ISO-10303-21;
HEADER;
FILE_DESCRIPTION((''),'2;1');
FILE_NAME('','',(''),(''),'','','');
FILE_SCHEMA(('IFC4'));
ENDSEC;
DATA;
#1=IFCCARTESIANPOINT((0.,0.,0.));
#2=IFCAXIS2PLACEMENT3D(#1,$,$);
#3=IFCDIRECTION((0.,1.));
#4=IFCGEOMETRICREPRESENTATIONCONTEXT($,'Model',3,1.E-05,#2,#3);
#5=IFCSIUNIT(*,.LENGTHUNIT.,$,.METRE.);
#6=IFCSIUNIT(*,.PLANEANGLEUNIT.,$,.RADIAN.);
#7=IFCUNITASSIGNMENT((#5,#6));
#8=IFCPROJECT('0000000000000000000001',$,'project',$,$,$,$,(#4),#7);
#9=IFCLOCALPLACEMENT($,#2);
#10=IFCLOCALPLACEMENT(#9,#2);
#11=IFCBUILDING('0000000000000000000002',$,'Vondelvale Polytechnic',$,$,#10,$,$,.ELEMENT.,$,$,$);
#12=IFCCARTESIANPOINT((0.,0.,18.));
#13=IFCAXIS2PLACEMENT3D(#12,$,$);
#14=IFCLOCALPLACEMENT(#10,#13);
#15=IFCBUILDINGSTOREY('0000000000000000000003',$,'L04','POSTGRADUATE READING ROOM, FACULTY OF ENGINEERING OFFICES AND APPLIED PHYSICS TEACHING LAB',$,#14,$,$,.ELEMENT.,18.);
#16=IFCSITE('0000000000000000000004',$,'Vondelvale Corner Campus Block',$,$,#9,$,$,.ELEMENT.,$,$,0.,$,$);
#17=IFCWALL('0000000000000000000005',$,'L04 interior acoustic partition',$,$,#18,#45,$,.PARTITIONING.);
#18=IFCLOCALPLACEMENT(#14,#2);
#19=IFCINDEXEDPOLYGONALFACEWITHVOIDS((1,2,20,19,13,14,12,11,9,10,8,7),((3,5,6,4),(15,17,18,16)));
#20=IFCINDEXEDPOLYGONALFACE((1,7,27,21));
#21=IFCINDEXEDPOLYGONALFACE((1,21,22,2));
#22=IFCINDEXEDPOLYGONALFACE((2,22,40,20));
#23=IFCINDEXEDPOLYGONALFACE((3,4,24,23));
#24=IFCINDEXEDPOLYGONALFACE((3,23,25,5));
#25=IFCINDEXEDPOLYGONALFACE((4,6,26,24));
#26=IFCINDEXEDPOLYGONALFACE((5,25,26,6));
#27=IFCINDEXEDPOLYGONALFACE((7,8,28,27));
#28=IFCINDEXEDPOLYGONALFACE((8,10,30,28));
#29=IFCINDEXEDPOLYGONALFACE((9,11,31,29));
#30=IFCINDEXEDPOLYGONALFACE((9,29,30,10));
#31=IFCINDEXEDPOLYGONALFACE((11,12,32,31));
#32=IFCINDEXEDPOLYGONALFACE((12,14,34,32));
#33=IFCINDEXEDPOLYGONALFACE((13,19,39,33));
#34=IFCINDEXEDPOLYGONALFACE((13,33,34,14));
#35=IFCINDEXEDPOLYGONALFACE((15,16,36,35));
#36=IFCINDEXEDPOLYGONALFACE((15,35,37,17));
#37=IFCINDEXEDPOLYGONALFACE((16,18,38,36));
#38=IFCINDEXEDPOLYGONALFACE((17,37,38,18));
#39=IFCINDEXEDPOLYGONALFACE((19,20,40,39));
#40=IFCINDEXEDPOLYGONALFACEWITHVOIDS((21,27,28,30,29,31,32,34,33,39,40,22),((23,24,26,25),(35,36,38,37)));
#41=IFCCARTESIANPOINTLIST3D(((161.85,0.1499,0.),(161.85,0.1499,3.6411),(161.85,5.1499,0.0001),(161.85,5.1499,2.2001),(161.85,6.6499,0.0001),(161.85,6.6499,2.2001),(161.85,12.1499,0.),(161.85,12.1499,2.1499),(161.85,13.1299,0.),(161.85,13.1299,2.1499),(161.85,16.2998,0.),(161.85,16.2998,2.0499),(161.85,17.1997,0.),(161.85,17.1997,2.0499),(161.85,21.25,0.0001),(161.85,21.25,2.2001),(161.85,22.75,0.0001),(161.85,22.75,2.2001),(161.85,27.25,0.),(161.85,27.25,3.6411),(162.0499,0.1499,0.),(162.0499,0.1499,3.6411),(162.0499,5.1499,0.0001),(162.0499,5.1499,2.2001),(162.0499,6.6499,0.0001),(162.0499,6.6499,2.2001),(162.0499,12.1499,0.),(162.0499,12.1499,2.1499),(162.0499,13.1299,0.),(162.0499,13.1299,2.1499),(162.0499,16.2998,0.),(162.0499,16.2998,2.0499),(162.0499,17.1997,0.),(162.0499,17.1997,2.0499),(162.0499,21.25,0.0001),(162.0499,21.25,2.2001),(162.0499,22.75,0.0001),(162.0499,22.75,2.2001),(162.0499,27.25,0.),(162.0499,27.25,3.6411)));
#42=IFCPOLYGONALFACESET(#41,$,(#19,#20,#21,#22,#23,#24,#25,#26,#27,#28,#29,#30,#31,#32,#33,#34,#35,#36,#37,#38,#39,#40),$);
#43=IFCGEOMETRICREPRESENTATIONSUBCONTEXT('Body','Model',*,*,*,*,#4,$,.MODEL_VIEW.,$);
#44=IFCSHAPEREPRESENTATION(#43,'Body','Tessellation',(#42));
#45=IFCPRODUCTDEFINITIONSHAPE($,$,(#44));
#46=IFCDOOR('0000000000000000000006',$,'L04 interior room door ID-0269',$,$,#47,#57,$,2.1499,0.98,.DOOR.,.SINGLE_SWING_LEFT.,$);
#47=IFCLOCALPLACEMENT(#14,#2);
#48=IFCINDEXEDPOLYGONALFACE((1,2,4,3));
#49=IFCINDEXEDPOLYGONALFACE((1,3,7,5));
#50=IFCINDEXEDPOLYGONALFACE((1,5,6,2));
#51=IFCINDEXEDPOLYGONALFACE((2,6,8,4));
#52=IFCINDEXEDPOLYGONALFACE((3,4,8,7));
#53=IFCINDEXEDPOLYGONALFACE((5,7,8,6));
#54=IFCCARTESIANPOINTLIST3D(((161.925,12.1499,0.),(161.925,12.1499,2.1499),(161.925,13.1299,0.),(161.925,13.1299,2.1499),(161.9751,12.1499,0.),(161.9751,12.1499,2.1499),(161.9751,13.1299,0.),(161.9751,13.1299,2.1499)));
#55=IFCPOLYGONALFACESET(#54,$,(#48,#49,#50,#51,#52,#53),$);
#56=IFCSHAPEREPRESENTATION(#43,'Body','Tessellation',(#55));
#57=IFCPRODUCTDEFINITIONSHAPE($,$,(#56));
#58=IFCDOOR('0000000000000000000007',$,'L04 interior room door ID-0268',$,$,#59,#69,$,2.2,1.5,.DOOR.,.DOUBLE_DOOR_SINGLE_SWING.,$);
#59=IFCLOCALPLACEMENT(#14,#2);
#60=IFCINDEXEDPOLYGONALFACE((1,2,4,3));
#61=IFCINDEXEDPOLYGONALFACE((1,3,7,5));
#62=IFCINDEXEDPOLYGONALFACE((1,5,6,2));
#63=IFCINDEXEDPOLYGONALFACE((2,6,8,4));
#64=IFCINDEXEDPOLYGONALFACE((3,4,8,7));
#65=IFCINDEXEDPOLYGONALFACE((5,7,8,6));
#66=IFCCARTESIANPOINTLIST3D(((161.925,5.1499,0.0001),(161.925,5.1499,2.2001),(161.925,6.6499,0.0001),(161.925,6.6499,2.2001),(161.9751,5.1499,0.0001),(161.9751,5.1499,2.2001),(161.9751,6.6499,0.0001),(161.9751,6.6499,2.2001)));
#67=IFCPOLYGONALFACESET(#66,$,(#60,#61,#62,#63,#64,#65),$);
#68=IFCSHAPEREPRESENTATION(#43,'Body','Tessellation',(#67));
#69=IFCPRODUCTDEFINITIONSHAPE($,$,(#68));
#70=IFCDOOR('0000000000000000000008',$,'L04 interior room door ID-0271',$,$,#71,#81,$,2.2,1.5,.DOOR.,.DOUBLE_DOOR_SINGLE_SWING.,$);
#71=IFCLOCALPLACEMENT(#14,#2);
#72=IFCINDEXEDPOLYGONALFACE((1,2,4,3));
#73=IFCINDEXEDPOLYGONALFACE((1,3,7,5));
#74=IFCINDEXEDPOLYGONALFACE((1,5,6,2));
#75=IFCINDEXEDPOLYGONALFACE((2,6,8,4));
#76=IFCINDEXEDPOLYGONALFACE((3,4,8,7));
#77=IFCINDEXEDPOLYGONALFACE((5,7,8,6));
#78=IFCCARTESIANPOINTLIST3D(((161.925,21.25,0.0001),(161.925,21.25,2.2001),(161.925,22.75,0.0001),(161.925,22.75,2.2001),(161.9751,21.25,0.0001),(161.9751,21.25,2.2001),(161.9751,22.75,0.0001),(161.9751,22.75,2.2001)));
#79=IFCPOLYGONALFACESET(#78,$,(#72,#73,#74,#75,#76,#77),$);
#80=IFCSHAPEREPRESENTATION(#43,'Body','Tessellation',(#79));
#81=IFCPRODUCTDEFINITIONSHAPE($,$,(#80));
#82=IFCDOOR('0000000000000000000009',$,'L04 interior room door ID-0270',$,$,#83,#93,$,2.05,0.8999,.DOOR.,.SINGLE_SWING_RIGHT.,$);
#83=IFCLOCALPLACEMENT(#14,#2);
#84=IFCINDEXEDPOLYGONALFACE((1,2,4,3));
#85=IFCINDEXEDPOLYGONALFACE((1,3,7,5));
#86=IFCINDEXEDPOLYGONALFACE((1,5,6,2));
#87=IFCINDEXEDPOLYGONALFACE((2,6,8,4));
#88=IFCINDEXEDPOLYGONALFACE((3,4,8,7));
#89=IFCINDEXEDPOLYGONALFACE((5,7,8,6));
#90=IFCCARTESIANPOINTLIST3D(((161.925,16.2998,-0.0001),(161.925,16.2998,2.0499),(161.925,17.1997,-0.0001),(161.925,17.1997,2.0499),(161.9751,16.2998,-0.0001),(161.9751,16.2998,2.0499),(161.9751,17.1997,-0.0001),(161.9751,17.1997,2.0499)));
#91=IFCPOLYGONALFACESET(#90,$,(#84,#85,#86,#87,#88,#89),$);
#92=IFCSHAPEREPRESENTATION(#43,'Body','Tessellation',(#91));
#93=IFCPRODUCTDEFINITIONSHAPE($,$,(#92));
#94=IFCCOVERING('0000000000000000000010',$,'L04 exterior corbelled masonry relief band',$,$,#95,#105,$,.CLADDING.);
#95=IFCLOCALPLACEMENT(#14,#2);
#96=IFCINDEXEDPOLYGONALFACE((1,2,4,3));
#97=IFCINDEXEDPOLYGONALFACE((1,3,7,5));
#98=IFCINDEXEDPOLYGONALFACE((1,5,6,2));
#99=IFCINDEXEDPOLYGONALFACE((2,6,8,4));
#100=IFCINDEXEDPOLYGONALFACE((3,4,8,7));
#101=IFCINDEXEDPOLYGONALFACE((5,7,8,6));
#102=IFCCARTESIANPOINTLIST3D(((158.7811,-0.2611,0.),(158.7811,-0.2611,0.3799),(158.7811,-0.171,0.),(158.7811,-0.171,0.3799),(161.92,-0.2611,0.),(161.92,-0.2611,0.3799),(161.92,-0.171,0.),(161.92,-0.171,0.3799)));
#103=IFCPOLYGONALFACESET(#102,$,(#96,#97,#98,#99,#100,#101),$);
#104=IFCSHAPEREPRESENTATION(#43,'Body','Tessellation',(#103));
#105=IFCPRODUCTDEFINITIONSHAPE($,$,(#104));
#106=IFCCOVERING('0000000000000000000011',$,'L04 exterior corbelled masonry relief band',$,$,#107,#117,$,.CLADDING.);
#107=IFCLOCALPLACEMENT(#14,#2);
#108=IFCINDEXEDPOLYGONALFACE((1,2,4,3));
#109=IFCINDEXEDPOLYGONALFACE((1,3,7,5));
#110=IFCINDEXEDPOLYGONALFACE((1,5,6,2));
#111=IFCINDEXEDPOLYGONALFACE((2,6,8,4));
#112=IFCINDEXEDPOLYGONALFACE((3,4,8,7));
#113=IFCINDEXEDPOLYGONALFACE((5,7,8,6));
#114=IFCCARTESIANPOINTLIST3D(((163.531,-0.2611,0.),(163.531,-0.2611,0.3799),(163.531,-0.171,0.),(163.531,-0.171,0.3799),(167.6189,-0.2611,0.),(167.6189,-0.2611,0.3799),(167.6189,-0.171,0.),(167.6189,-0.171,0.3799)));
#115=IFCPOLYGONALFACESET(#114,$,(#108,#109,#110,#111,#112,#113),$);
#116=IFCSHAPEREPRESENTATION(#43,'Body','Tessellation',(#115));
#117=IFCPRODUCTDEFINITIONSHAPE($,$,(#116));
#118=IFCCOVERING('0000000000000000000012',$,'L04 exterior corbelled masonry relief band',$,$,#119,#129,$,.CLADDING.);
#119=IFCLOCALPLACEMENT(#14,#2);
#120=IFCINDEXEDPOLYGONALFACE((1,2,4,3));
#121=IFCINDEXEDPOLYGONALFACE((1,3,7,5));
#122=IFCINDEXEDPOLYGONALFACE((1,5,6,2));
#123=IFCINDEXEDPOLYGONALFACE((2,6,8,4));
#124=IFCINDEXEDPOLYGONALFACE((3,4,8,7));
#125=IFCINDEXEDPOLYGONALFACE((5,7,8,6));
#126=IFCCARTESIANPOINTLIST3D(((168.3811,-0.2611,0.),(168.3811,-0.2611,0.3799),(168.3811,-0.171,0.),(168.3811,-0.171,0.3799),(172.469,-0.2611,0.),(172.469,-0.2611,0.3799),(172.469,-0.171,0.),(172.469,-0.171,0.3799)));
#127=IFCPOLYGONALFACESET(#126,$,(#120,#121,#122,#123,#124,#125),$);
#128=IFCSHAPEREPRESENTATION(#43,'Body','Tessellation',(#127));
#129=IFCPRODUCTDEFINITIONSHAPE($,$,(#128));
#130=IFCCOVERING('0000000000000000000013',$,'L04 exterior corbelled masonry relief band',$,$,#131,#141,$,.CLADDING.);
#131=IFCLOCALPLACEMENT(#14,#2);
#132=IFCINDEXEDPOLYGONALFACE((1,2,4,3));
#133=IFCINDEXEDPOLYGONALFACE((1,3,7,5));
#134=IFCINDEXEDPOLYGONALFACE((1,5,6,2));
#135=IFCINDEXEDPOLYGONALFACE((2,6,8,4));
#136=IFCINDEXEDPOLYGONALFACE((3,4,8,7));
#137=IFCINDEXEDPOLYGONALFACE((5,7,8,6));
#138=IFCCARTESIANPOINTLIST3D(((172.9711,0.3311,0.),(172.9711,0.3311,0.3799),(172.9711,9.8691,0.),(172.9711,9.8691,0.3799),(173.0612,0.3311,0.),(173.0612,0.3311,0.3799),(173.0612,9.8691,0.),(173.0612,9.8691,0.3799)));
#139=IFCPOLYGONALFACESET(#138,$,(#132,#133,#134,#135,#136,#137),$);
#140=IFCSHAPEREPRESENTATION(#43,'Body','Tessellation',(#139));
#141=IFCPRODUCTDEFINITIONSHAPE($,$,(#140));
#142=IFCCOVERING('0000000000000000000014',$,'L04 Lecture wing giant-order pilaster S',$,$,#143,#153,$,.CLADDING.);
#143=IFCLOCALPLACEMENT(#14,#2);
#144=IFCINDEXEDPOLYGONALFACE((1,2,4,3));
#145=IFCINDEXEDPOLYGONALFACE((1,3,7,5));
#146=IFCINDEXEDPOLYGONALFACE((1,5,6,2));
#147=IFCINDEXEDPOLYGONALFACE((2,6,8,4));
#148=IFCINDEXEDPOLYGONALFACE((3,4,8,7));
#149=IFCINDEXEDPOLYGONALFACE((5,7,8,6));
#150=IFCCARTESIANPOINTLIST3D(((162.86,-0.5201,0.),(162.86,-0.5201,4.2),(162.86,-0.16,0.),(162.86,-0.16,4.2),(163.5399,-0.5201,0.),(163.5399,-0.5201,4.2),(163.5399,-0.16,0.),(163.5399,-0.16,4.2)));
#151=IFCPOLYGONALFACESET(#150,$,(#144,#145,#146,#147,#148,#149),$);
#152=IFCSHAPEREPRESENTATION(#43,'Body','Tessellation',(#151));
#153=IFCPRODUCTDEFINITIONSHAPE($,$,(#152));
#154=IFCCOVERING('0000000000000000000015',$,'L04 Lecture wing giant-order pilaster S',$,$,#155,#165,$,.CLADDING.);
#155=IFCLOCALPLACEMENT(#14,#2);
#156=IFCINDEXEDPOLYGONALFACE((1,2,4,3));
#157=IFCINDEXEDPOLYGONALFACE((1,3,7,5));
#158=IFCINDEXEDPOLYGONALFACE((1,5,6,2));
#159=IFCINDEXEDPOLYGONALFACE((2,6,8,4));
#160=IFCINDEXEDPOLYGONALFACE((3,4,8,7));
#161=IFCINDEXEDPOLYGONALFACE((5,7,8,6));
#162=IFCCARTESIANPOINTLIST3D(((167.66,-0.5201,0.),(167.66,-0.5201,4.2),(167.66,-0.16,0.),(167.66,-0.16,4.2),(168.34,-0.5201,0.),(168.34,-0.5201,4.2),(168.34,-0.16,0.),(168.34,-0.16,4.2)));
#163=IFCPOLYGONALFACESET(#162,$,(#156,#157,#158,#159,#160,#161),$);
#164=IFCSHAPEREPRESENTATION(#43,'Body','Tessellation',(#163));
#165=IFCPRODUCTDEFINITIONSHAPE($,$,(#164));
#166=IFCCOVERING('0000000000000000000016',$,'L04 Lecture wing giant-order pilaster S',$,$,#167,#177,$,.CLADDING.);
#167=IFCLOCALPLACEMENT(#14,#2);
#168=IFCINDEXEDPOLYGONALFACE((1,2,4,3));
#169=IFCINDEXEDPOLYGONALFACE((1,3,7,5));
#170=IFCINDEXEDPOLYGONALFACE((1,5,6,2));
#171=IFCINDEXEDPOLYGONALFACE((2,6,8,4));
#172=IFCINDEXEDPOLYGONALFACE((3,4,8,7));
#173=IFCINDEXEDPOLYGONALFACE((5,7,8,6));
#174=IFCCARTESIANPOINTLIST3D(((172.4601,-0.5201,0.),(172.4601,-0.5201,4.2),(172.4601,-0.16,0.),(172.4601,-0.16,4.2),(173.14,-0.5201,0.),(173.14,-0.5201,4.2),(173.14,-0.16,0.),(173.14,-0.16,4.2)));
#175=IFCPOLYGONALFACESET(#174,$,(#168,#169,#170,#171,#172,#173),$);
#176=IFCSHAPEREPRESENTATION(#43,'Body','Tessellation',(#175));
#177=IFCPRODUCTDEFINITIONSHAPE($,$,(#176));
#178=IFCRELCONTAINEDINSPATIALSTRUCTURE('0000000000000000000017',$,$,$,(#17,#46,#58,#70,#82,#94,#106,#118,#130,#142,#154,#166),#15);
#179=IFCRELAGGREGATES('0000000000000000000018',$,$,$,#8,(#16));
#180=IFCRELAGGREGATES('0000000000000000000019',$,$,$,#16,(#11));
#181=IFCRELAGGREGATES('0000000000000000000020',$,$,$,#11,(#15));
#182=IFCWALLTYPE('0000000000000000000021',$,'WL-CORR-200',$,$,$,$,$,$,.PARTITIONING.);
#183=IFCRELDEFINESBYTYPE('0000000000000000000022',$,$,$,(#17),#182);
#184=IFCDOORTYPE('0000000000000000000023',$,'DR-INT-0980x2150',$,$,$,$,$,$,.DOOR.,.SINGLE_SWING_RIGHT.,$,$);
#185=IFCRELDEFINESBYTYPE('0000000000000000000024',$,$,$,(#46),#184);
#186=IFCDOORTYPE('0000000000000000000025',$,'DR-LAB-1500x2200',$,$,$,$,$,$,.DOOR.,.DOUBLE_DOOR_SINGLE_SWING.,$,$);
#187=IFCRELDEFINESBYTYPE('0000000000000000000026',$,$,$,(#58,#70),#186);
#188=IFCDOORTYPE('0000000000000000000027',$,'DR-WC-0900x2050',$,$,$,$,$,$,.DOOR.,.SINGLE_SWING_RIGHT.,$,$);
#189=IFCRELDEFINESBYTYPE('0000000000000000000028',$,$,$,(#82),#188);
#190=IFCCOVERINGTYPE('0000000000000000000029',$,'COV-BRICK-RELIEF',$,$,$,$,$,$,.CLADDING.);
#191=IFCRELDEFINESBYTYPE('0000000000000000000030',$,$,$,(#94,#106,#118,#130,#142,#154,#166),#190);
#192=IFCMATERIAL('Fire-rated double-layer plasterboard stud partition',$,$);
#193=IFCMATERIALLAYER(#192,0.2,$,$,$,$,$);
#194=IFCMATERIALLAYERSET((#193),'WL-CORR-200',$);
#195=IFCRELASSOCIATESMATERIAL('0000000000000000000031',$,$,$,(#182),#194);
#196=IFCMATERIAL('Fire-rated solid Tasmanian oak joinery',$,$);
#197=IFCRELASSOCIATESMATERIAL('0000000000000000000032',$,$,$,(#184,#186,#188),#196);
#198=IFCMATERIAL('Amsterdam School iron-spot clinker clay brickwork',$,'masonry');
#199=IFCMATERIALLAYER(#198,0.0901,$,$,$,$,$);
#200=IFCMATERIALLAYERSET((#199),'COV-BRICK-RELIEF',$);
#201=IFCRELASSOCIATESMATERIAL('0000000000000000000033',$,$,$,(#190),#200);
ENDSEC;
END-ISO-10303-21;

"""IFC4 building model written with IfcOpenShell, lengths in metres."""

from ifc_helpers import new_model, si_unit, direction, frame, frame_2d, origin, origin_2d, place, context, subcontext, project, spatial, rectangle, extrude, material, layer, layer_set, type_object, element, fill, save


model = new_model("IFC4")

# Units and contexts
model_context = context("Model", 3, precision=1e-05, world=origin(), true_north=direction((0.0, 1.0)))
body_context = subcontext(model_context, "Body", "Model", "MODEL_VIEW")
ifc_project = project(units=[si_unit("LENGTHUNIT", "METRE"), si_unit("PLANEANGLEUNIT", "RADIAN")], contexts=[model_context])

# Site, building, storey
site_placement = place(None, origin())
site = spatial("IfcSite", under=ifc_project, at=site_placement, Name="Vondelvale Corner Campus Block", CompositionType="ELEMENT", RefElevation=0.0)
building_placement = place(site_placement, origin())
building = spatial("IfcBuilding", under=site, at=building_placement, Name="Vondelvale Polytechnic", CompositionType="ELEMENT")
storey_placement = place(building_placement, frame((0.0, 0.0, 18.0)))
storey = spatial("IfcBuildingStorey", under=building, at=storey_placement, Name="L04", Description="POSTGRADUATE READING ROOM, FACULTY OF ENGINEERING OFFICES AND APPLIED PHYSICS TEACHING LAB", CompositionType="ELEMENT", Elevation=18.0)

# Shared definitions
ifc_material_1 = material(Name="Amsterdam School iron-spot clinker clay brickwork", Category="masonry")

# Wall, openings, doors
ifc_material_2 = material(Name="Fire-rated double-layer plasterboard stud partition")
ifc_layer_1 = layer(ifc_material_2, 0.2)
ifc_layer_set_1 = layer_set([ifc_layer_1], Name="WL-CORR-200")
wall_type_1 = type_object("IfcWallType", Name="WL-CORR-200", PredefinedType="PARTITIONING", material=ifc_layer_set_1)
wall_1_placement = place(storey_placement, frame((161.95, 0.1499, 0.0), z_axis=(0.0, 0.0, 1.0), x_axis=(0.0, 1.0, 0.0)))
wall_1 = element("IfcWall", 1, at=wall_1_placement, inside=storey, type_object=wall_type_1, Name="L04 interior acoustic partition", PredefinedType="PARTITIONING", context=body_context, shape_type="SweptSolid", body=[
    extrude(rectangle(XDim=27.1001, YDim=0.2, at=frame_2d((13.55, 0.0))), origin(), (0.0, 0.0, 1.0), 3.6411),
])
opening_1_placement = place(wall_1_placement, frame((5.0, 0.0, 0.0)))
opening_1 = element("IfcOpeningElement", 2, at=opening_1_placement, cuts=wall_1, PredefinedType="OPENING", context=body_context, shape_type="SweptSolid", body=[
    extrude(rectangle(XDim=1.5, YDim=2.2, at=frame_2d((0.75, 1.1001))), frame((0.0, 0.1099, 0.0), z_axis=(0.0, -1.0, 0.0), x_axis=(1.0, 0.0, 0.0)), (0.0, 0.0, 1.0), 0.22),
])
opening_2_placement = place(wall_1_placement, frame((12.0, 0.0, 0.0)))
opening_2 = element("IfcOpeningElement", 3, at=opening_2_placement, cuts=wall_1, PredefinedType="OPENING", context=body_context, shape_type="SweptSolid", body=[
    extrude(rectangle(XDim=0.98, YDim=2.1499, at=frame_2d((0.49, 1.075))), frame((0.0, 0.1099, 0.0), z_axis=(0.0, -1.0, 0.0), x_axis=(1.0, 0.0, 0.0)), (0.0, 0.0, 1.0), 0.22),
])
opening_3_placement = place(wall_1_placement, frame((16.1499, 0.0, 0.0)))
opening_3 = element("IfcOpeningElement", 4, at=opening_3_placement, cuts=wall_1, PredefinedType="OPENING", context=body_context, shape_type="SweptSolid", body=[
    extrude(rectangle(XDim=0.8999, YDim=2.05, at=frame_2d((0.45, 1.0249))), frame((0.0, 0.1099, 0.0), z_axis=(0.0, -1.0, 0.0), x_axis=(1.0, 0.0, 0.0)), (0.0, 0.0, 1.0), 0.22),
])
opening_4_placement = place(wall_1_placement, frame((21.1001, 0.0, 0.0)))
opening_4 = element("IfcOpeningElement", 5, at=opening_4_placement, cuts=wall_1, PredefinedType="OPENING", context=body_context, shape_type="SweptSolid", body=[
    extrude(rectangle(XDim=1.5, YDim=2.2, at=frame_2d((0.75, 1.1001))), frame((0.0, 0.1099, 0.0), z_axis=(0.0, -1.0, 0.0), x_axis=(1.0, 0.0, 0.0)), (0.0, 0.0, 1.0), 0.22),
])
ifc_material_3 = material(Name="Fire-rated solid Tasmanian oak joinery")
door_type_1 = type_object("IfcDoorType", Name="DR-INT-0980x2150", OperationType="SINGLE_SWING_RIGHT", PredefinedType="DOOR", material=ifc_material_3)
door_1_placement = place(opening_2_placement, origin())
door_1 = element("IfcDoor", 6, at=door_1_placement, inside=storey, type_object=door_type_1, Name="L04 interior room door ID-0269", OperationType="SINGLE_SWING_LEFT", OverallHeight=2.1499, OverallWidth=0.98, PredefinedType="DOOR", context=body_context, shape_type="SweptSolid", body=[
    extrude(rectangle(XDim=0.98, YDim=2.1499, at=frame_2d((0.49, 1.075))), frame((0.0, 0.0249, 0.0), z_axis=(0.0, -1.0, 0.0), x_axis=(1.0, 0.0, 0.0)), (0.0, 0.0, 1.0), 0.05),
])
fill(opening_2, door_1)
door_type_2 = type_object("IfcDoorType", Name="DR-LAB-1500x2200", OperationType="DOUBLE_DOOR_SINGLE_SWING", PredefinedType="DOOR", material=ifc_material_3)
door_2_placement = place(opening_1_placement, origin())
door_2 = element("IfcDoor", 7, at=door_2_placement, inside=storey, type_object=door_type_2, Name="L04 interior room door ID-0268", OperationType="DOUBLE_DOOR_SINGLE_SWING", OverallHeight=2.2, OverallWidth=1.5, PredefinedType="DOOR", context=body_context, shape_type="SweptSolid", body=[
    extrude(rectangle(XDim=1.5, YDim=2.2, at=frame_2d((0.75, 1.1001))), frame((0.0, 0.0249, 0.0), z_axis=(0.0, -1.0, 0.0), x_axis=(1.0, 0.0, 0.0)), (0.0, 0.0, 1.0), 0.05),
])
fill(opening_1, door_2)
door_3_placement = place(opening_4_placement, origin())
door_3 = element("IfcDoor", 8, at=door_3_placement, inside=storey, type_object=door_type_2, Name="L04 interior room door ID-0271", OperationType="DOUBLE_DOOR_SINGLE_SWING", OverallHeight=2.2, OverallWidth=1.5, PredefinedType="DOOR", context=body_context, shape_type="SweptSolid", body=[
    extrude(rectangle(XDim=1.5, YDim=2.2, at=frame_2d((0.75, 1.1001))), frame((0.0, 0.0249, 0.0), z_axis=(0.0, -1.0, 0.0), x_axis=(1.0, 0.0, 0.0)), (0.0, 0.0, 1.0), 0.05),
])
fill(opening_4, door_3)
door_type_3 = type_object("IfcDoorType", Name="DR-WC-0900x2050", OperationType="SINGLE_SWING_RIGHT", PredefinedType="DOOR", material=ifc_material_3)
door_4_placement = place(opening_3_placement, origin())
door_4 = element("IfcDoor", 9, at=door_4_placement, inside=storey, type_object=door_type_3, Name="L04 interior room door ID-0270", OperationType="SINGLE_SWING_RIGHT", OverallHeight=2.05, OverallWidth=0.8999, PredefinedType="DOOR", context=body_context, shape_type="SweptSolid", body=[
    extrude(rectangle(XDim=0.8999, YDim=2.05, at=frame_2d((0.45, 1.0249))), frame((0.0, 0.0249, 0.0), z_axis=(0.0, -1.0, 0.0), x_axis=(1.0, 0.0, 0.0)), (0.0, 0.0, 1.0), 0.05),
])
fill(opening_3, door_4)

# Coverings
ifc_layer_2 = layer(ifc_material_1, 0.0901)
ifc_layer_set_2 = layer_set([ifc_layer_2], Name="COV-BRICK-RELIEF")
covering_type = type_object("IfcCoveringType", Name="COV-BRICK-RELIEF", PredefinedType="CLADDING", material=ifc_layer_set_2)
covering_1_placement = place(storey_placement, frame((160.3506, -0.2161, 0.0), z_axis=(0.0, 0.0, 1.0), x_axis=(-1.0, 0.0, 0.0)))
element("IfcCovering", 10, at=covering_1_placement, inside=storey, type_object=covering_type, Name="L04 exterior corbelled masonry relief band", PredefinedType="CLADDING", context=body_context, shape_type="SweptSolid", body=[
    extrude(rectangle(XDim=3.1389, YDim=0.0901, at=origin_2d()), origin(), (0.0, 0.0, 1.0), 0.3799),
])
for number, where, z_axis, x_axis, name in (
    (11, (165.575, -0.2161, 0.0), (0.0, 0.0, 1.0), (-1.0, 0.0, 0.0), "L04 exterior corbelled masonry relief band"),
    (12, (170.425, -0.2161, 0.0), (0.0, 0.0, 1.0), (-1.0, 0.0, 0.0), "L04 exterior corbelled masonry relief band"),
):
    element("IfcCovering", number, at=place(storey_placement, frame(where, z_axis=z_axis, x_axis=x_axis)), inside=storey, type_object=covering_type, Name=name, PredefinedType="CLADDING", context=body_context, shape_type="SweptSolid", body=[
        extrude(rectangle(XDim=4.0879, YDim=0.0901, at=origin_2d()), origin(), (0.0, 0.0, 1.0), 0.3799),
    ])
covering_2_placement = place(storey_placement, frame((173.0161, 5.1001, 0.0), z_axis=(0.0, 0.0, 1.0), x_axis=(0.0, -1.0, 0.0)))
element("IfcCovering", 13, at=covering_2_placement, inside=storey, type_object=covering_type, Name="L04 exterior corbelled masonry relief band", PredefinedType="CLADDING", context=body_context, shape_type="SweptSolid", body=[
    extrude(rectangle(XDim=9.5381, YDim=0.0901, at=origin_2d()), origin(), (0.0, 0.0, 1.0), 0.3799),
])
for number, where, z_axis, x_axis, name in (
    (14, (163.2, -0.3401, 0.0), (0.0, 0.0, 1.0), (1.0, 0.0, 0.0), "L04 Lecture wing giant-order pilaster S"),
    (15, (168.0, -0.3401, 0.0), (0.0, 0.0, 1.0), (1.0, 0.0, 0.0), "L04 Lecture wing giant-order pilaster S"),
    (16, (172.8, -0.3401, 0.0), (0.0, 0.0, 1.0), (1.0, 0.0, 0.0), "L04 Lecture wing giant-order pilaster S"),
):
    element("IfcCovering", number, at=place(storey_placement, frame(where, z_axis=z_axis, x_axis=x_axis)), inside=storey, type_object=covering_type, Name=name, PredefinedType="CLADDING", context=body_context, shape_type="SweptSolid", body=[
        extrude(rectangle(XDim=0.6799, YDim=0.3601, at=origin_2d()), origin(), (0.0, 0.0, 1.0), 4.2),
    ])

save(model, "model.ifc")
